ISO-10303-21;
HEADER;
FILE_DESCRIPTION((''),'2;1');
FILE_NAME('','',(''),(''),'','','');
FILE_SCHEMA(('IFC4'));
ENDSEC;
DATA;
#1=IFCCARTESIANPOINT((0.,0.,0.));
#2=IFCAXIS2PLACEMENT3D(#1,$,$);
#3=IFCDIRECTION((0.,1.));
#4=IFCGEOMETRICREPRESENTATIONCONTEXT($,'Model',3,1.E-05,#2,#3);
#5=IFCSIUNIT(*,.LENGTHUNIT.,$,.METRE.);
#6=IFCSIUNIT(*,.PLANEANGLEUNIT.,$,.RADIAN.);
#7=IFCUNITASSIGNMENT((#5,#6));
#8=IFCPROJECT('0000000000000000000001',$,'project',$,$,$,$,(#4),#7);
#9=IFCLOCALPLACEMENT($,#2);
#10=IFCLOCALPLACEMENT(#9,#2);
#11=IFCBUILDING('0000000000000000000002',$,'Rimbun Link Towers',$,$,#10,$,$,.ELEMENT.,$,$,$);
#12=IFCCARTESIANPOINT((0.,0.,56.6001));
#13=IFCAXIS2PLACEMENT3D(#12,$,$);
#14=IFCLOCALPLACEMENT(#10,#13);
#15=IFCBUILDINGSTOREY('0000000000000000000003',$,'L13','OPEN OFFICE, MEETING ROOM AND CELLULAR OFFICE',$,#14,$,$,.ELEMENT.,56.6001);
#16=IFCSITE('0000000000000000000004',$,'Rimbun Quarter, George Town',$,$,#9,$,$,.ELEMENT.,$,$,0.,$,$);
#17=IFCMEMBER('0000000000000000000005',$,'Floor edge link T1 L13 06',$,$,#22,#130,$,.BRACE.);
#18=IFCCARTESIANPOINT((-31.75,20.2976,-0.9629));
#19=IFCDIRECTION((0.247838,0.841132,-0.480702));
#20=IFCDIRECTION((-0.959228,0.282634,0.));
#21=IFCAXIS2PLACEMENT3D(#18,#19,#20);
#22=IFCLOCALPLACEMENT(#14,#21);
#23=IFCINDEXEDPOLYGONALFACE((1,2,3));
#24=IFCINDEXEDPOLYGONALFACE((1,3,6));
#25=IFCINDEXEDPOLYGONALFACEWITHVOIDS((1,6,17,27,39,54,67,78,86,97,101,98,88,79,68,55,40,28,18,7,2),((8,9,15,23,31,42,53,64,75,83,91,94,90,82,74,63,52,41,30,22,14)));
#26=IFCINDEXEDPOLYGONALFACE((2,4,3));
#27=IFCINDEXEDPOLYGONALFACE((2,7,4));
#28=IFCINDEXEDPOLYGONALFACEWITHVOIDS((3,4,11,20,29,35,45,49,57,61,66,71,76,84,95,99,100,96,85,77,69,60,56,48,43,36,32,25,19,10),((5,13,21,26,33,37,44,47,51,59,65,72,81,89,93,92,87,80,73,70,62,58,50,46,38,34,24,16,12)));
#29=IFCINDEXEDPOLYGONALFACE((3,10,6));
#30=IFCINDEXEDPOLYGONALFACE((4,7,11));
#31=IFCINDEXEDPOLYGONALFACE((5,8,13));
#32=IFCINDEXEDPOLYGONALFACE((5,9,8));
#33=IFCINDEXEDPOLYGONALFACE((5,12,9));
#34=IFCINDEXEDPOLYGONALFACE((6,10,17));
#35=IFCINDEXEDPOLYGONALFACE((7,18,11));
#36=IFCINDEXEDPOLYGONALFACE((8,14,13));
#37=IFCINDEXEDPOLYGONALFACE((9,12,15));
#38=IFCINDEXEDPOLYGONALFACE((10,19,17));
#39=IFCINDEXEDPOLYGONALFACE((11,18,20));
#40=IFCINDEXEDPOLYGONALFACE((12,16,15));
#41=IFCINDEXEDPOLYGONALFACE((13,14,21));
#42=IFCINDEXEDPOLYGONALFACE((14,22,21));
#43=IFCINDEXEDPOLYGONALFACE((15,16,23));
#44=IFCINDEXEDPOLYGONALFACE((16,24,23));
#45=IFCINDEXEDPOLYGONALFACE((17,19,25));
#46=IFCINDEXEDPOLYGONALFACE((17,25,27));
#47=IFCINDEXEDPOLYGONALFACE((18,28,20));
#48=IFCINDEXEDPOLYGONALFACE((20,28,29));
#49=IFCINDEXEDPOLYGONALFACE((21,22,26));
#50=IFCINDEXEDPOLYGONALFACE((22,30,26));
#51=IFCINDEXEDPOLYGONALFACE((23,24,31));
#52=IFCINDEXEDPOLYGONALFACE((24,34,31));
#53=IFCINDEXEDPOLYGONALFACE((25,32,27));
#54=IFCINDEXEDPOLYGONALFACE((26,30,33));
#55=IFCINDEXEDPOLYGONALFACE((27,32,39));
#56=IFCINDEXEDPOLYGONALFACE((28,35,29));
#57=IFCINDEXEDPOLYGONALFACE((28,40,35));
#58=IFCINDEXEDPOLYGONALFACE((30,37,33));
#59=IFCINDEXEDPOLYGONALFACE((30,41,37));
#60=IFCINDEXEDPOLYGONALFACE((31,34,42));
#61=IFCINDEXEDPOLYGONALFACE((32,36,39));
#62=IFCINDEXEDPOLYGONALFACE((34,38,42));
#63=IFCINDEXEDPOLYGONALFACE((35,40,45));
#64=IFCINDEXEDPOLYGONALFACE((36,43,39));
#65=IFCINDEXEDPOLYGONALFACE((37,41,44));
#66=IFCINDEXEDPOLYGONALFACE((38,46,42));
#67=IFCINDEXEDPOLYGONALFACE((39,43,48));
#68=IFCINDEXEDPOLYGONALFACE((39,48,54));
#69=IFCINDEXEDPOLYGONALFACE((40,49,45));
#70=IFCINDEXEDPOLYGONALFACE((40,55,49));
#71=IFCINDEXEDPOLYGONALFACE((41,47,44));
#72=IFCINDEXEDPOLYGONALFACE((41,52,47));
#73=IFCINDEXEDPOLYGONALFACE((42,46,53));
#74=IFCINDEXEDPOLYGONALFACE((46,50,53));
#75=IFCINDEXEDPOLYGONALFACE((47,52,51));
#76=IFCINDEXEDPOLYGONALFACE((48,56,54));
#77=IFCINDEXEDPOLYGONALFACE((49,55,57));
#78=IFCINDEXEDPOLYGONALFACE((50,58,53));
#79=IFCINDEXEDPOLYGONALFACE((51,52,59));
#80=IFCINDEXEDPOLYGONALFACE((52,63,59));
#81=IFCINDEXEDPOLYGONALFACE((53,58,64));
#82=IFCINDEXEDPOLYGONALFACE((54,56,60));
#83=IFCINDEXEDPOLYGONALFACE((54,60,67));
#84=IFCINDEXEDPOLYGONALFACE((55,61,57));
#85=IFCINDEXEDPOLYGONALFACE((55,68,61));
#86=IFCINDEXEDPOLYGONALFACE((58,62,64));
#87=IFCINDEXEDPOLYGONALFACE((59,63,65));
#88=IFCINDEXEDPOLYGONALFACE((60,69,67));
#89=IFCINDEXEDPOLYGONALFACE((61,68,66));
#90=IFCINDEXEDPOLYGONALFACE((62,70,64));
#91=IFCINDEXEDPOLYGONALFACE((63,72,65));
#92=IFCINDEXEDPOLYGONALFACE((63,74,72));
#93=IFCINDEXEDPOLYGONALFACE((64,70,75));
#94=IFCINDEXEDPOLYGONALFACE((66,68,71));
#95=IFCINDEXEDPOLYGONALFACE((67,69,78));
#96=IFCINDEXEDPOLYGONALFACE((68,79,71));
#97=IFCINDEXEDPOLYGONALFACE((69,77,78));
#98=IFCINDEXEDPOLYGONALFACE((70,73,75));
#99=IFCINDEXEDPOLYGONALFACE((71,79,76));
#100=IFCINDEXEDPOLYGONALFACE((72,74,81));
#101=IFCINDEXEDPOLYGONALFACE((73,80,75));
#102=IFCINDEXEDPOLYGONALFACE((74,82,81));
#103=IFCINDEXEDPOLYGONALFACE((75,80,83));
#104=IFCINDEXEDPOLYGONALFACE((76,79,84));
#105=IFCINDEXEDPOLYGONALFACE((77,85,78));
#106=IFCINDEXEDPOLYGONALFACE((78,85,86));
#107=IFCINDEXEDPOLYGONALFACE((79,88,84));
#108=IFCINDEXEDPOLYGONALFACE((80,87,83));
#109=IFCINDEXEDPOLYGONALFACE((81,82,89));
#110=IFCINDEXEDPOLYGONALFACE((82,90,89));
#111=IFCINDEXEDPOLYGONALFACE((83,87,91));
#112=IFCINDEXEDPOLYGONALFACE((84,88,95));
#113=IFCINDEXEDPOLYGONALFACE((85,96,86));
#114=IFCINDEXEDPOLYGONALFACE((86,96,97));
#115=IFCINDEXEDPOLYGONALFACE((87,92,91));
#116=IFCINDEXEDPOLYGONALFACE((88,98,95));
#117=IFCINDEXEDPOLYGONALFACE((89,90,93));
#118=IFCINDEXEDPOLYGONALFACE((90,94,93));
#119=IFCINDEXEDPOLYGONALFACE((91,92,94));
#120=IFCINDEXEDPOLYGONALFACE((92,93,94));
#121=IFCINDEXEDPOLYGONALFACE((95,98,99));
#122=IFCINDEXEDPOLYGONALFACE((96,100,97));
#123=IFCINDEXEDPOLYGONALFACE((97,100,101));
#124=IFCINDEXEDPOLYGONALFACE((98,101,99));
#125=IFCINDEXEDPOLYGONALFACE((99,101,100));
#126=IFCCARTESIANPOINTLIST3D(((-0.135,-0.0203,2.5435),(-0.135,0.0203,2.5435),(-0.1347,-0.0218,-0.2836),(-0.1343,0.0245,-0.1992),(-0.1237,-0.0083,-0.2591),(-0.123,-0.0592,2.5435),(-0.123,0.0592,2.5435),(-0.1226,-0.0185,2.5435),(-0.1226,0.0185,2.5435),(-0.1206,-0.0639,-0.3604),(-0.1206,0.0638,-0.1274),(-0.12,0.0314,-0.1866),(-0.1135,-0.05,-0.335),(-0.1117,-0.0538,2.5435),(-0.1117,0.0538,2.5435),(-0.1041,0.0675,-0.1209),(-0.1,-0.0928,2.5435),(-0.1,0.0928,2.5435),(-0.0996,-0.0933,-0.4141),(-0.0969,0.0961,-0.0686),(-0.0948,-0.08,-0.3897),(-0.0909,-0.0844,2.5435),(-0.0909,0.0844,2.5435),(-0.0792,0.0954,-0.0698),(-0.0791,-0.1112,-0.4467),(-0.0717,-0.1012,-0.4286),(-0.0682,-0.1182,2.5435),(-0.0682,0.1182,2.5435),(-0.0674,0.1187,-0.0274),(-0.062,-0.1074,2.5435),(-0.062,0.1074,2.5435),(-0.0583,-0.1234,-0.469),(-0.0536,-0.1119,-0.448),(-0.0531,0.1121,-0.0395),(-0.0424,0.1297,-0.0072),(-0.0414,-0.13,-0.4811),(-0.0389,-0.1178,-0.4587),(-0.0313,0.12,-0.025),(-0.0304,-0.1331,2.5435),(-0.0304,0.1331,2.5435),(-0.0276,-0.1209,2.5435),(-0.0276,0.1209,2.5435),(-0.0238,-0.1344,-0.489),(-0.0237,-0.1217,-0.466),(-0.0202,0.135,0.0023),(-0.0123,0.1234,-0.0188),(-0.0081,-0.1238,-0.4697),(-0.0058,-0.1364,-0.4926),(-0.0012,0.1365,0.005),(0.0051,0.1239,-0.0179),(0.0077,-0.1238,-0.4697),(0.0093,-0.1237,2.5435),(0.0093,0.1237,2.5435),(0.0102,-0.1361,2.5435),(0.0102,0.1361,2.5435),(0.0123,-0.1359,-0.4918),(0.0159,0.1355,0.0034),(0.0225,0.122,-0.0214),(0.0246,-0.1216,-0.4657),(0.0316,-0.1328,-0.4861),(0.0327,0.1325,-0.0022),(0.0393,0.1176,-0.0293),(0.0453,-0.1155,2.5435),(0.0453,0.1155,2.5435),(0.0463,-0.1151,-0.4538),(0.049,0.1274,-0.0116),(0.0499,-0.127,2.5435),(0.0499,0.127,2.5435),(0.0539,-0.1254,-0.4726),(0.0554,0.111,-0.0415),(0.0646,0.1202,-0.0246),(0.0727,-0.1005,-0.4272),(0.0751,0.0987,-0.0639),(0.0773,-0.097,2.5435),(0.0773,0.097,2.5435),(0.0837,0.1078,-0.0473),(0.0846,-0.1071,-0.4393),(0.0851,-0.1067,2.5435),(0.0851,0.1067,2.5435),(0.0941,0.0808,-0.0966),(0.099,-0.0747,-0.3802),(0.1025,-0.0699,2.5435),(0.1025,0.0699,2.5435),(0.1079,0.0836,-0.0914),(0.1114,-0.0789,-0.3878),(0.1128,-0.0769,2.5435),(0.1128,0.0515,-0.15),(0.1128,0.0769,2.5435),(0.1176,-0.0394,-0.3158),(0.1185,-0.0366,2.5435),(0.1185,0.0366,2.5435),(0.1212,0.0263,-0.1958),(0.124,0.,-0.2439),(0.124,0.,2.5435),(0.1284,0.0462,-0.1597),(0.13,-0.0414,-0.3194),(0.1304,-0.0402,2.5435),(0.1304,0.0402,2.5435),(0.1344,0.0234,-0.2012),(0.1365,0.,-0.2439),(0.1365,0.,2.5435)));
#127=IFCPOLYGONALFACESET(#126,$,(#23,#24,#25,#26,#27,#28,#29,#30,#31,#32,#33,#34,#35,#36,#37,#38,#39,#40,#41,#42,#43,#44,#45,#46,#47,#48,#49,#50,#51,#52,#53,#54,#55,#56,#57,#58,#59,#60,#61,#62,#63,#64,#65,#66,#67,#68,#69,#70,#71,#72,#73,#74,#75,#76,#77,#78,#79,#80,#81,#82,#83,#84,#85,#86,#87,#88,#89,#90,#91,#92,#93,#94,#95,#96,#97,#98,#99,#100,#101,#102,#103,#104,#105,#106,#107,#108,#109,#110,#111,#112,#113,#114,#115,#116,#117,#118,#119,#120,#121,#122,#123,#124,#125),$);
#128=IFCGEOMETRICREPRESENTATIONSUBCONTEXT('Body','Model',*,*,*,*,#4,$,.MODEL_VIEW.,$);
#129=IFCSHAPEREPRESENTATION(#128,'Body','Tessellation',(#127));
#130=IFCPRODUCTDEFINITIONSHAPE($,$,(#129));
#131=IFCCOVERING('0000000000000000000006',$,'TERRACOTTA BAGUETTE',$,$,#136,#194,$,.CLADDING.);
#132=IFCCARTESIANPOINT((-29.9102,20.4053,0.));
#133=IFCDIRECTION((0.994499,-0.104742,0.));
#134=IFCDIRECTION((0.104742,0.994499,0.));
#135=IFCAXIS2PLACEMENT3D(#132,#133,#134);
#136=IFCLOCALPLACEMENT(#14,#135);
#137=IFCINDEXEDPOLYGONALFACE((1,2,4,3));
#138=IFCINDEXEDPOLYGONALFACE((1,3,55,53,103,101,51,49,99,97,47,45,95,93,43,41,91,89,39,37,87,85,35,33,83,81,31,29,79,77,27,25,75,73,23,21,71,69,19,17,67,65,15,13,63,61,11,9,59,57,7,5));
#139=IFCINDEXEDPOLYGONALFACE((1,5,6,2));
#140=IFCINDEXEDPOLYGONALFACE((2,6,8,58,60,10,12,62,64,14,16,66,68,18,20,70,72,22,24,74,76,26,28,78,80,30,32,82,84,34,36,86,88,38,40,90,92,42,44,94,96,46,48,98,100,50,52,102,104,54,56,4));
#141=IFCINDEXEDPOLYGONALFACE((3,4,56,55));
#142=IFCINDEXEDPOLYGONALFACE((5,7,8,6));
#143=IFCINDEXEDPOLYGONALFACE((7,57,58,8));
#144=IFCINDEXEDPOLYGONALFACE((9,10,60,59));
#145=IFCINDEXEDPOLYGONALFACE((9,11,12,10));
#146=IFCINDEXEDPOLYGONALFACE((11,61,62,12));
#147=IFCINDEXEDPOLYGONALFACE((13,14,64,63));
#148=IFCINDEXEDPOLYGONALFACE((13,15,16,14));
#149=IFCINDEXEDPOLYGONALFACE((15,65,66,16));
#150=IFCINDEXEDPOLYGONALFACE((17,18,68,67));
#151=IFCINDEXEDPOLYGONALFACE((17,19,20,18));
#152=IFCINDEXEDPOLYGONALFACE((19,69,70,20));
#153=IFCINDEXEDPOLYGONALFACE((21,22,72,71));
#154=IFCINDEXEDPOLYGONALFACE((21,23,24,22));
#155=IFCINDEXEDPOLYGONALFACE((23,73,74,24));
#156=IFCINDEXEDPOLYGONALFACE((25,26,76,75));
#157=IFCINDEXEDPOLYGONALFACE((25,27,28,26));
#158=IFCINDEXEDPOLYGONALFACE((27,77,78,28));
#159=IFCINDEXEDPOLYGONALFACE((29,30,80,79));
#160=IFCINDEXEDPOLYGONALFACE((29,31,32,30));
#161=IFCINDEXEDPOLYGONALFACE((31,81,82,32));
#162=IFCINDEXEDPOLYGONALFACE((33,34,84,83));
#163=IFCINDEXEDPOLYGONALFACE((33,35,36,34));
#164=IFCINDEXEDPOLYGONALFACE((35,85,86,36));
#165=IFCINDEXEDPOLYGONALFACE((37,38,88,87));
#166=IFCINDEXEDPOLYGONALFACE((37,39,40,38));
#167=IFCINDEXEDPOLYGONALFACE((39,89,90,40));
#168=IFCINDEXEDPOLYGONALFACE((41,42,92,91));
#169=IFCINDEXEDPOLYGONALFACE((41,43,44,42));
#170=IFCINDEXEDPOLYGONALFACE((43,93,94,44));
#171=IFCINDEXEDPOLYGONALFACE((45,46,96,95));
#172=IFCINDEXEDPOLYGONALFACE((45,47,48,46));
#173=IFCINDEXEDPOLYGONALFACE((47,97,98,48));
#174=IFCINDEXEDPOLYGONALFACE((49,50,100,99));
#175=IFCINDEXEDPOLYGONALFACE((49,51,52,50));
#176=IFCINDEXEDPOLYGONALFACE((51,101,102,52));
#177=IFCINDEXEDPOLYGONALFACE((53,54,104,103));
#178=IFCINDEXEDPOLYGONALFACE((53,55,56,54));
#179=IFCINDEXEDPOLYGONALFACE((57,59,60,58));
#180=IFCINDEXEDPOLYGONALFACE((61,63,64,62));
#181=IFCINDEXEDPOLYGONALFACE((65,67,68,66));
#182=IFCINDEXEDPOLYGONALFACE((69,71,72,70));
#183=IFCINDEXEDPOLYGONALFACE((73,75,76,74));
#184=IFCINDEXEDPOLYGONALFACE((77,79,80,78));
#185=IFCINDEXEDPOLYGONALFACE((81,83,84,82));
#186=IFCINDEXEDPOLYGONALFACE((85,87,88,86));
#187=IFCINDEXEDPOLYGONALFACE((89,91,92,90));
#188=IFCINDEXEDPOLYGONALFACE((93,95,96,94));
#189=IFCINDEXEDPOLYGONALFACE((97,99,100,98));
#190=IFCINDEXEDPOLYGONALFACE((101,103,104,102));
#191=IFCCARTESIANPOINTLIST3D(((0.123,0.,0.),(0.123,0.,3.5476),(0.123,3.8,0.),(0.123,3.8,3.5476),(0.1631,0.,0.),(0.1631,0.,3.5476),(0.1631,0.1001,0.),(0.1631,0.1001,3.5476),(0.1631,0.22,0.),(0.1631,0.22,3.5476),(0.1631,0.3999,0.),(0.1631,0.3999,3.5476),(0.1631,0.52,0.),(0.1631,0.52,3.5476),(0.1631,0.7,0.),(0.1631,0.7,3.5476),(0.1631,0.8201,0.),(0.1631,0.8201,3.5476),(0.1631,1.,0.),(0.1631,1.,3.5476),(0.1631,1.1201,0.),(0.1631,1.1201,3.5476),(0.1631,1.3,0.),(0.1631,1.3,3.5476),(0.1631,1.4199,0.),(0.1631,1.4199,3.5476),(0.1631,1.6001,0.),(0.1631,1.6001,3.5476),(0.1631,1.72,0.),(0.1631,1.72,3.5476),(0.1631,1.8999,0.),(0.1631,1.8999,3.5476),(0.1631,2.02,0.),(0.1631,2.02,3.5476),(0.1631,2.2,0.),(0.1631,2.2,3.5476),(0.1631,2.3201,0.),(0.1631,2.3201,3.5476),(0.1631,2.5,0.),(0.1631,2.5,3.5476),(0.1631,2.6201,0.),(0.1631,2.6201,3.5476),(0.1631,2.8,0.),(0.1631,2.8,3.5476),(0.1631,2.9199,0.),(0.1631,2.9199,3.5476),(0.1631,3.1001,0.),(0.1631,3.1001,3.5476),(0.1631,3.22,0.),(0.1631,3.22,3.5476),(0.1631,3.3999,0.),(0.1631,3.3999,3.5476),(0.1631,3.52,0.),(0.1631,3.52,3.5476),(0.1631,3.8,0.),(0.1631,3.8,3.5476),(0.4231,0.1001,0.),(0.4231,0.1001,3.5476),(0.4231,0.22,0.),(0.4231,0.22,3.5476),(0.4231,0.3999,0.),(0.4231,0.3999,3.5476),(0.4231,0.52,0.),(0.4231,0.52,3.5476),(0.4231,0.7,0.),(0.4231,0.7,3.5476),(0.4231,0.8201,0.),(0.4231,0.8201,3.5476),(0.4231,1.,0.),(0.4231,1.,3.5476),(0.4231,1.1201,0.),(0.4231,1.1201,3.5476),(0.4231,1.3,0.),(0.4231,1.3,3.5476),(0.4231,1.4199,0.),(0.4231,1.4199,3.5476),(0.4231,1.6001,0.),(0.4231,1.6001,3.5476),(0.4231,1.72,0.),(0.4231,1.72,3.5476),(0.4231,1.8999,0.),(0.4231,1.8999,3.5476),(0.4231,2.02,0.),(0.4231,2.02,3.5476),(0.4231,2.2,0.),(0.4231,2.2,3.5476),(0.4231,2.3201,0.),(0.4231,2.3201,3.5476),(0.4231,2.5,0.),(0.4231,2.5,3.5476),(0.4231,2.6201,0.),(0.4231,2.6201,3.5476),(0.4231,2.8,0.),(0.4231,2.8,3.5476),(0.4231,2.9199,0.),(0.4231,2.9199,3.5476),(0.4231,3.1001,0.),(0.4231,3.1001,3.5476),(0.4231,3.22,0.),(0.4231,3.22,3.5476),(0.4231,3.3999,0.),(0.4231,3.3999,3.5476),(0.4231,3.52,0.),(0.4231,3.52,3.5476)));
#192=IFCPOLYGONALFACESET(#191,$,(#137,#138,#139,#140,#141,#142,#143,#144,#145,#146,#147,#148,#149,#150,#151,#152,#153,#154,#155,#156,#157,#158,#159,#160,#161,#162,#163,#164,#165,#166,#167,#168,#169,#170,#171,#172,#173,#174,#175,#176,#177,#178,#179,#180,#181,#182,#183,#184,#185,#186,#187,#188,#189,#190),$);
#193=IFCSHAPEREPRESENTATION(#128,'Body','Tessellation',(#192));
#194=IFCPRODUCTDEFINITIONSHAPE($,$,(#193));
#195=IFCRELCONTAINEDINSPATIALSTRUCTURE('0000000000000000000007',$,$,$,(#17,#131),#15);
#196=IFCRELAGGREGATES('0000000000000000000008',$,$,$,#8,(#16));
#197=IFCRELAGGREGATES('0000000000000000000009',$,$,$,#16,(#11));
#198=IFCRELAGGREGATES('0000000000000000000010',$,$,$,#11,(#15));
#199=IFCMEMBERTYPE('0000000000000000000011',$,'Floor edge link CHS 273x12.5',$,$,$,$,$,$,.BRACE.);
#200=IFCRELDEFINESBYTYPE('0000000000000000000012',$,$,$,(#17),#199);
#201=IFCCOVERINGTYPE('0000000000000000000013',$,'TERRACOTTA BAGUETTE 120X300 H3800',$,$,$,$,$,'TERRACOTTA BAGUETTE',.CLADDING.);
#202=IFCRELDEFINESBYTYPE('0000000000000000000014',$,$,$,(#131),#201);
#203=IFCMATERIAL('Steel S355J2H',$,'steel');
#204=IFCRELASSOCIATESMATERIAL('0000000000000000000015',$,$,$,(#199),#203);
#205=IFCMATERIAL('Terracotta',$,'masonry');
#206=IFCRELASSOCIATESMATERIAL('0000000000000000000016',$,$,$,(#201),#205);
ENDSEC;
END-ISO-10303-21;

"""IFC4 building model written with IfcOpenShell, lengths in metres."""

from ifc_helpers import new_model, si_unit, direction, frame, origin, origin_2d, place, context, subcontext, project, spatial, polyline, hollow_circle, outline, extrude, clip, halfspace, material, material_profile, profile_set, type_object, element, save


model = new_model("IFC4")

# Units and contexts
model_context = context("Model", 3, precision=1e-05, world=origin(), true_north=direction((0.0, 1.0)))
body_context = subcontext(model_context, "Body", "Model", "MODEL_VIEW")
ifc_project = project(units=[si_unit("LENGTHUNIT", "METRE"), si_unit("PLANEANGLEUNIT", "RADIAN")], contexts=[model_context])

# Site, building, storey
site_placement = place(None, origin())
site = spatial("IfcSite", under=ifc_project, at=site_placement, Name="Rimbun Quarter, George Town", CompositionType="ELEMENT", RefElevation=0.0)
building_placement = place(site_placement, origin())
building = spatial("IfcBuilding", under=site, at=building_placement, Name="Rimbun Link Towers", CompositionType="ELEMENT")
storey_placement = place(building_placement, frame((0.0, 0.0, 56.6001)))
storey = spatial("IfcBuildingStorey", under=building, at=storey_placement, Name="L13", Description="OPEN OFFICE, MEETING ROOM AND CELLULAR OFFICE", CompositionType="ELEMENT", Elevation=56.6001)

# Member
ifc_material_1 = material(Name="Steel S355J2H", Category="steel")
ifc_material_profile_1 = material_profile(ifc_material_1, hollow_circle(Radius=0.1365, WallThickness=0.0125, at=origin_2d()), Name="CHS 273x12.5")
ifc_profile_set_1 = profile_set([ifc_material_profile_1], Name="Steel S355J2H")
member_type_1 = type_object("IfcMemberType", Name="Floor edge link CHS 273x12.5", PredefinedType="BRACE", material=ifc_profile_set_1)
member_1_placement = place(storey_placement, frame((-31.75, 20.2976, -0.9629), z_axis=(0.247838, 0.841132, -0.480702), x_axis=(-0.959228, 0.282634, 0.0)))
element("IfcMember", 1, at=member_1_placement, inside=storey, type_object=member_type_1, Name="Floor edge link T1 L13 06", PredefinedType="BRACE", context=body_context, shape_type="Clipping", body=[
    clip(extrude(hollow_circle(Radius=0.1365, WallThickness=0.0125, at=origin_2d()), frame((0.0, 0.0, -0.5188)), (0.0, 0.0, 1.0), 3.0623), halfspace(frame((0.0, 0.0, -0.2439), z_axis=(0.0, 0.876884, -0.480702)), False)),
])

# Covering
ifc_material_2 = material(Name="Terracotta", Category="masonry")
ifc_material_profile_2 = material_profile(ifc_material_2, outline(polyline([(0.123, 0.0), (0.1631, 0.0), (0.1631, 0.1001), (0.4231, 0.1001), (0.4231, 0.22), (0.1631, 0.22), (0.1631, 0.3999), (0.4231, 0.3999), (0.4231, 0.52), (0.1631, 0.52), (0.1631, 0.7), (0.4231, 0.7), (0.4231, 0.8201), (0.1631, 0.8201), (0.1631, 1.0), (0.4231, 1.0), (0.4231, 1.1201), (0.1631, 1.1201), (0.1631, 1.3), (0.4231, 1.3), (0.4231, 1.4199), (0.1631, 1.4199), (0.1631, 1.6001), (0.4231, 1.6001), (0.4231, 1.72), (0.1631, 1.72), (0.1631, 1.8999), (0.4231, 1.8999), (0.4231, 2.02), (0.1631, 2.02), (0.1631, 2.2), (0.4231, 2.2), (0.4231, 2.3201), (0.1631, 2.3201), (0.1631, 2.5), (0.4231, 2.5), (0.4231, 2.6201), (0.1631, 2.6201), (0.1631, 2.8), (0.4231, 2.8), (0.4231, 2.9199), (0.1631, 2.9199), (0.1631, 3.1001), (0.4231, 3.1001), (0.4231, 3.22), (0.1631, 3.22), (0.1631, 3.3999), (0.4231, 3.3999), (0.4231, 3.52), (0.1631, 3.52), (0.1631, 3.8), (0.123, 3.8), (0.123, 0.0)])), Name="BAGUETTE 120X300")
ifc_profile_set_2 = profile_set([ifc_material_profile_2], Name="Terracotta")
covering_type = type_object("IfcCoveringType", Name="TERRACOTTA BAGUETTE 120X300 H3800", ElementType="TERRACOTTA BAGUETTE", PredefinedType="CLADDING", material=ifc_profile_set_2)
covering_1_placement = place(storey_placement, frame((-29.9102, 20.4053, 0.0), z_axis=(0.994499, -0.104742, 0.0), x_axis=(0.104742, 0.994499, 0.0)))
element("IfcCovering", 2, at=covering_1_placement, inside=storey, type_object=covering_type, Name="TERRACOTTA BAGUETTE", PredefinedType="CLADDING", context=body_context, shape_type="SweptSolid", body=[
    extrude(outline(polyline([(0.123, 0.0), (0.1631, 0.0), (0.1631, 0.1001), (0.4231, 0.1001), (0.4231, 0.22), (0.1631, 0.22), (0.1631, 0.3999), (0.4231, 0.3999), (0.4231, 0.52), (0.1631, 0.52), (0.1631, 0.7), (0.4231, 0.7), (0.4231, 0.8201), (0.1631, 0.8201), (0.1631, 1.0), (0.4231, 1.0), (0.4231, 1.1201), (0.1631, 1.1201), (0.1631, 1.3), (0.4231, 1.3), (0.4231, 1.4199), (0.1631, 1.4199), (0.1631, 1.6001), (0.4231, 1.6001), (0.4231, 1.72), (0.1631, 1.72), (0.1631, 1.8999), (0.4231, 1.8999), (0.4231, 2.02), (0.1631, 2.02), (0.1631, 2.2), (0.4231, 2.2), (0.4231, 2.3201), (0.1631, 2.3201), (0.1631, 2.5), (0.4231, 2.5), (0.4231, 2.6201), (0.1631, 2.6201), (0.1631, 2.8), (0.4231, 2.8), (0.4231, 2.9199), (0.1631, 2.9199), (0.1631, 3.1001), (0.4231, 3.1001), (0.4231, 3.22), (0.1631, 3.22), (0.1631, 3.3999), (0.4231, 3.3999), (0.4231, 3.52), (0.1631, 3.52), (0.1631, 3.8), (0.123, 3.8), (0.123, 0.0)])), origin(), (0.0, 0.0, 1.0), 3.5476),
])

save(model, "model.ifc")
